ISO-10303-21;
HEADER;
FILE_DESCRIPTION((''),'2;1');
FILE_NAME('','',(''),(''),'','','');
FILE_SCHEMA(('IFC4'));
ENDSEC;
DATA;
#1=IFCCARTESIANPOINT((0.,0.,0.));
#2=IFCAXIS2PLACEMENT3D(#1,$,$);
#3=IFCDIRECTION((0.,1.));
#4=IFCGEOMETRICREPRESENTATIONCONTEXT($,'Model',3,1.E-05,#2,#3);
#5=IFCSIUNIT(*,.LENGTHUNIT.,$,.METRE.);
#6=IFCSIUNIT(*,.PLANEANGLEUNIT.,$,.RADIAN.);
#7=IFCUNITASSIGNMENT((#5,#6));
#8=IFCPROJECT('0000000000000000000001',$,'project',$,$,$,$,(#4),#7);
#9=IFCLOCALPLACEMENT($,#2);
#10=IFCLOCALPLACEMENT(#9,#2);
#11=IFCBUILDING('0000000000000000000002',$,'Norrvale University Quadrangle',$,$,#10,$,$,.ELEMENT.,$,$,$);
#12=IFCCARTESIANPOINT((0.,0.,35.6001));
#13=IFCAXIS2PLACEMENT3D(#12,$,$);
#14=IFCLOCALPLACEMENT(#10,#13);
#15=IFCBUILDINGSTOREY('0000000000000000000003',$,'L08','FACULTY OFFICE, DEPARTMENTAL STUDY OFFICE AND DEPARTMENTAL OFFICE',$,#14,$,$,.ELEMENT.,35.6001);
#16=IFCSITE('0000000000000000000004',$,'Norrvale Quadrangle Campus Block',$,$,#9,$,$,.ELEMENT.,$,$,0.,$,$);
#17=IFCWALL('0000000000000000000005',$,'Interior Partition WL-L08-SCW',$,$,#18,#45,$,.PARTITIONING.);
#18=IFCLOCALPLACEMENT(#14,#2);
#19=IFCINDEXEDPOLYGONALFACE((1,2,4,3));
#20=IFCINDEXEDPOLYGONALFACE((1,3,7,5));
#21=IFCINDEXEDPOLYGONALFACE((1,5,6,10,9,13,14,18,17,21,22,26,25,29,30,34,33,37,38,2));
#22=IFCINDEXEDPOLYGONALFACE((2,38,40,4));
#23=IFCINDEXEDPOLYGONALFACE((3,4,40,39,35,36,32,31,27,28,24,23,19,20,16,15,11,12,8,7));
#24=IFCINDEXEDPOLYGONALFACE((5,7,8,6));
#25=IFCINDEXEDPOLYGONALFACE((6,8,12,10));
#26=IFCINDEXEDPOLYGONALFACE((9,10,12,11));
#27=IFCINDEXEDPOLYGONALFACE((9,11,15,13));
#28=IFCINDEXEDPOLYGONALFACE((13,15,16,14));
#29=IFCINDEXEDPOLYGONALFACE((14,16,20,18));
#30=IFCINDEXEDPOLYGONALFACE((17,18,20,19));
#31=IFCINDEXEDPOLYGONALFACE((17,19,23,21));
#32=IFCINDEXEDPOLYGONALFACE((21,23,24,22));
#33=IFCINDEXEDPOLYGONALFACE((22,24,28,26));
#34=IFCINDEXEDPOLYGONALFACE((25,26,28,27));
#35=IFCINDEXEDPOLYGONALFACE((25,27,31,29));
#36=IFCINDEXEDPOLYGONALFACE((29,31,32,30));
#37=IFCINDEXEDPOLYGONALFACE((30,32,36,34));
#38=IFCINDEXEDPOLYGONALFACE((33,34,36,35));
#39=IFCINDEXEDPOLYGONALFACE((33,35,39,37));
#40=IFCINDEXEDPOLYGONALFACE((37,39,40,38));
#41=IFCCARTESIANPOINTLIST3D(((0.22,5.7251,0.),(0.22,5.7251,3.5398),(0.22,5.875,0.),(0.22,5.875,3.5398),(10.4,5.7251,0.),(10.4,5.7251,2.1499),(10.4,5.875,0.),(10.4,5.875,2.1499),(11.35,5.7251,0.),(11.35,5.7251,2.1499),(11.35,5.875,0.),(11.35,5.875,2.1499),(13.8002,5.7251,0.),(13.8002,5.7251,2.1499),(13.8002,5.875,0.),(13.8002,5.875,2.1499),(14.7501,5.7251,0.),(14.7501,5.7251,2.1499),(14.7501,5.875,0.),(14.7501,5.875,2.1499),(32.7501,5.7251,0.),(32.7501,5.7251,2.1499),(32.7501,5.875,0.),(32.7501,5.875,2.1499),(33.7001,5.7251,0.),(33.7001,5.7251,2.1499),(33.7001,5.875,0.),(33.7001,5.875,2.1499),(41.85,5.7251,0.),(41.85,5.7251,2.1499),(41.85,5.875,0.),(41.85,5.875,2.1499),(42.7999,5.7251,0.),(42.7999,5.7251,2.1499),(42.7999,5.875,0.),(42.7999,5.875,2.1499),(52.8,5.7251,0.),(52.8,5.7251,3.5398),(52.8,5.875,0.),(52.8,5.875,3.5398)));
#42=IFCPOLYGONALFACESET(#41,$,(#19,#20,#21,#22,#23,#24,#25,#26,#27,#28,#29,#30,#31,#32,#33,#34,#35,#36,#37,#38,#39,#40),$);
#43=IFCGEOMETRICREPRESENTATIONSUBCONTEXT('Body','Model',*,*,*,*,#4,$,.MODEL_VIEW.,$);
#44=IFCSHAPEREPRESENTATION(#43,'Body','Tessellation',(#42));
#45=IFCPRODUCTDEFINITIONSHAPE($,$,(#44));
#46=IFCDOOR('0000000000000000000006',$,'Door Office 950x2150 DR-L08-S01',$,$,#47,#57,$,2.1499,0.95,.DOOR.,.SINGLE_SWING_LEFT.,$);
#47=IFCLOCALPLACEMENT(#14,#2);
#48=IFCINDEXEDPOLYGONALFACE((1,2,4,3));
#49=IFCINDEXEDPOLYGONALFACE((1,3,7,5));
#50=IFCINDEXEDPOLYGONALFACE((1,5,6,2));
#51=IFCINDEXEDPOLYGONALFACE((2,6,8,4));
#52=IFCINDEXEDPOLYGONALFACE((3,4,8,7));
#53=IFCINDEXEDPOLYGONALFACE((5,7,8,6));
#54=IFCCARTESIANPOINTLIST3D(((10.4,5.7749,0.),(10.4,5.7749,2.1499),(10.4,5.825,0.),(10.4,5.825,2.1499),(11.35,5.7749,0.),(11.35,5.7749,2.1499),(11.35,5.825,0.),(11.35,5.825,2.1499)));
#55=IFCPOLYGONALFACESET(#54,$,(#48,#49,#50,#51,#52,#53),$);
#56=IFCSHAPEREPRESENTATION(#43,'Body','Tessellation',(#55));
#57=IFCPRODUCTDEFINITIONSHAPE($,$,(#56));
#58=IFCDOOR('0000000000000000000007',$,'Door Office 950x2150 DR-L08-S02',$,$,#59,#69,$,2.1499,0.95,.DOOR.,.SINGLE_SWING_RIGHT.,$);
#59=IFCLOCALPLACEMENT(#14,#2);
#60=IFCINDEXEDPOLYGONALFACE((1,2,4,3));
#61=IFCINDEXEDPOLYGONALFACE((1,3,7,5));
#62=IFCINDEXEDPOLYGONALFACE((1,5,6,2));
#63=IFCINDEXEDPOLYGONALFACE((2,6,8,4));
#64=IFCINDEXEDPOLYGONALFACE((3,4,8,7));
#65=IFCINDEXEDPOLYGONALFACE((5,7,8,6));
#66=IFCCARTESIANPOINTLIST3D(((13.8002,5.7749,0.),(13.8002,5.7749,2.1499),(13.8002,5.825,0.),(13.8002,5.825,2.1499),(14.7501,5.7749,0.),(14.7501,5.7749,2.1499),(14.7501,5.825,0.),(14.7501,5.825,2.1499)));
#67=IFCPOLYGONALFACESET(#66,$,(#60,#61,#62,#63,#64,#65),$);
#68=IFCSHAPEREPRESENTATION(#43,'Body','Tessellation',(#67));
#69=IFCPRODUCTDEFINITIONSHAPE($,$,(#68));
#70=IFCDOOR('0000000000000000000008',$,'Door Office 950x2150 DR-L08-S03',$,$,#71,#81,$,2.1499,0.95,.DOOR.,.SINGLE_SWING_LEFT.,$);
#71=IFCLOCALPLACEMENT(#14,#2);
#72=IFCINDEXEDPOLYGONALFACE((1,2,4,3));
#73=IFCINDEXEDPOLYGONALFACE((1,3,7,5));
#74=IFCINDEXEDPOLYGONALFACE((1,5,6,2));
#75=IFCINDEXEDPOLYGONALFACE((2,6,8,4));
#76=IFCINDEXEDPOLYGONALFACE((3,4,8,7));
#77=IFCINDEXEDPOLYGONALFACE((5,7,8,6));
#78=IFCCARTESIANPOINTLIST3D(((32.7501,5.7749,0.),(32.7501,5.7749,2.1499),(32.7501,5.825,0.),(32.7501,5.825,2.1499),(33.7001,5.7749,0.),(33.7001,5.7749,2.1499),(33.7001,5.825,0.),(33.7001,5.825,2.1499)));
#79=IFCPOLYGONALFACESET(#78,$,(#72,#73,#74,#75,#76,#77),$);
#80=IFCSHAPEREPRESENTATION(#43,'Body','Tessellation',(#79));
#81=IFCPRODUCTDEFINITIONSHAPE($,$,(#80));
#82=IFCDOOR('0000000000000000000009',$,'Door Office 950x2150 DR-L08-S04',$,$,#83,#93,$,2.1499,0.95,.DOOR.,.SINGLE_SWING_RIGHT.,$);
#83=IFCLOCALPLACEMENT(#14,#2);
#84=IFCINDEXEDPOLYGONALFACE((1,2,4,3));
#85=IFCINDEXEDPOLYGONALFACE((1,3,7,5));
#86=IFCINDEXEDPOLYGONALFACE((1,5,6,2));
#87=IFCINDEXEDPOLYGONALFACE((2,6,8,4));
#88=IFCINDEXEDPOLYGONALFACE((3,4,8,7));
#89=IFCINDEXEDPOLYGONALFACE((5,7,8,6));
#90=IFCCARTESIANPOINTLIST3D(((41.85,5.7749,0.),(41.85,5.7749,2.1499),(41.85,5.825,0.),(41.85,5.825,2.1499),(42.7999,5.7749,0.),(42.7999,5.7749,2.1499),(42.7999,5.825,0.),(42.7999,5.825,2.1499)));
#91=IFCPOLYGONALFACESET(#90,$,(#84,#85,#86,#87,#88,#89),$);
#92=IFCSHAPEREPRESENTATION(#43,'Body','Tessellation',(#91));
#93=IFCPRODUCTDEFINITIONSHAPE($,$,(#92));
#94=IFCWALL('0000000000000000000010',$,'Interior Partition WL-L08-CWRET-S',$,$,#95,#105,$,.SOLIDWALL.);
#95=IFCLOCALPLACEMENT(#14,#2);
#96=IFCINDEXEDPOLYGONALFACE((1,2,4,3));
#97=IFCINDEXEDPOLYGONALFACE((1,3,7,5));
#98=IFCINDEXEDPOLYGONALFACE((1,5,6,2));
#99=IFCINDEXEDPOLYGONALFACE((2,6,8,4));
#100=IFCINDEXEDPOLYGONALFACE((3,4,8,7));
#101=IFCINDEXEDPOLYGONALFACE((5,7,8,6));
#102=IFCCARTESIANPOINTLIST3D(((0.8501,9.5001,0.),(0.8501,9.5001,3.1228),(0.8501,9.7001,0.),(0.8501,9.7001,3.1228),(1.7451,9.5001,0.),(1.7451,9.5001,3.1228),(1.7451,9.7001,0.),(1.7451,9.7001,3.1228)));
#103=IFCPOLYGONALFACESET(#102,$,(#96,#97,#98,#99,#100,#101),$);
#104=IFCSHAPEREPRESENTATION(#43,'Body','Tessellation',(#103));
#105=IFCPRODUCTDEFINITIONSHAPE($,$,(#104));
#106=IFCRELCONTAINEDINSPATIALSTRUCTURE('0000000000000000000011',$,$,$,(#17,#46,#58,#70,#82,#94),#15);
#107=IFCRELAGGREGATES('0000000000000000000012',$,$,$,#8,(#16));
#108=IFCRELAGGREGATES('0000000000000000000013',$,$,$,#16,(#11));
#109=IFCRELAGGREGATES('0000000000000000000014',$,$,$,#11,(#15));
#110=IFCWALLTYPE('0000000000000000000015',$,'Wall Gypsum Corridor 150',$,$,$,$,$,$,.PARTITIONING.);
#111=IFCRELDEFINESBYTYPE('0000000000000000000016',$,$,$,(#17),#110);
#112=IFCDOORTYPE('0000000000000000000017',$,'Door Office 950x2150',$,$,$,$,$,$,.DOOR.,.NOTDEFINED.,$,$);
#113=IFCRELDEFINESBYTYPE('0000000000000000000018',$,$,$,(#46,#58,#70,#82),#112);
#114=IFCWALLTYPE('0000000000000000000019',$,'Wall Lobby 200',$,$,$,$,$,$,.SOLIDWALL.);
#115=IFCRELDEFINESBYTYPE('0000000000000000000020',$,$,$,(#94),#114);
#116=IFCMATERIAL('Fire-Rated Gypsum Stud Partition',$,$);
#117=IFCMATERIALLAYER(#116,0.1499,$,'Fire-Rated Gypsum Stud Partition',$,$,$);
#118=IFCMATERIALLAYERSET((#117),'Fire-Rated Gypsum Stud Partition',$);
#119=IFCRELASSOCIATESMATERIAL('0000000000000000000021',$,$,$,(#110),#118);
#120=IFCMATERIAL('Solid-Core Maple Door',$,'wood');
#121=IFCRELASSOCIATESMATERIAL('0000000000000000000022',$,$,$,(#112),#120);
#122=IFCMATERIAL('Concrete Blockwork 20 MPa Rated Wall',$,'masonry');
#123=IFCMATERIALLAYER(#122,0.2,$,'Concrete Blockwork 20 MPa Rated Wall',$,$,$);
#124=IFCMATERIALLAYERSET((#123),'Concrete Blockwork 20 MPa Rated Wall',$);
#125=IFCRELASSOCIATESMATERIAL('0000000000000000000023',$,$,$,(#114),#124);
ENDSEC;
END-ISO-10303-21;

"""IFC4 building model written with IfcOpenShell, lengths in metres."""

from ifc_helpers import new_model, si_unit, direction, frame, frame_2d, origin, place, context, subcontext, project, spatial, rectangle, extrude, material, layer, layer_set, type_object, element, fill, save


model = new_model("IFC4")

# Units and contexts
model_context = context("Model", 3, precision=1e-05, world=origin(), true_north=direction((0.0, 1.0)))
body_context = subcontext(model_context, "Body", "Model", "MODEL_VIEW")
ifc_project = project(units=[si_unit("LENGTHUNIT", "METRE"), si_unit("PLANEANGLEUNIT", "RADIAN")], contexts=[model_context])

# Site, building, storey
site_placement = place(None, origin())
site = spatial("IfcSite", under=ifc_project, at=site_placement, Name="Norrvale Quadrangle Campus Block", CompositionType="ELEMENT", RefElevation=0.0)
building_placement = place(site_placement, origin())
building = spatial("IfcBuilding", under=site, at=building_placement, Name="Norrvale University Quadrangle", CompositionType="ELEMENT")
storey_placement = place(building_placement, frame((0.0, 0.0, 35.6001)))
storey = spatial("IfcBuildingStorey", under=building, at=storey_placement, Name="L08", Description="FACULTY OFFICE, DEPARTMENTAL STUDY OFFICE AND DEPARTMENTAL OFFICE", CompositionType="ELEMENT", Elevation=35.6001)

# Wall, openings, doors
ifc_material_1 = material(Name="Fire-Rated Gypsum Stud Partition")
ifc_layer_1 = layer(ifc_material_1, 0.1499, Name="Fire-Rated Gypsum Stud Partition")
ifc_layer_set_1 = layer_set([ifc_layer_1], Name="Fire-Rated Gypsum Stud Partition")
wall_type_1 = type_object("IfcWallType", Name="Wall Gypsum Corridor 150", PredefinedType="PARTITIONING", material=ifc_layer_set_1)
wall_1_placement = place(storey_placement, frame((0.22, 5.8, 0.0), z_axis=(0.0, 0.0, 1.0), x_axis=(1.0, 0.0, 0.0)))
wall_1 = element("IfcWall", 1, at=wall_1_placement, inside=storey, type_object=wall_type_1, Name="Interior Partition WL-L08-SCW", PredefinedType="PARTITIONING", context=body_context, shape_type="SweptSolid", body=[
    extrude(rectangle(XDim=52.5801, YDim=0.1499, at=frame_2d((26.29, 0.0))), origin(), (0.0, 0.0, 1.0), 3.5398),
])
opening_1_placement = place(wall_1_placement, frame((10.1799, 0.0, 0.0)))
opening_1 = element("IfcOpeningElement", 2, at=opening_1_placement, cuts=wall_1, PredefinedType="OPENING", context=body_context, shape_type="SweptSolid", body=[
    extrude(rectangle(XDim=0.95, YDim=2.1499, at=frame_2d((0.4751, 1.075))), frame((0.0, 0.0869, 0.0), z_axis=(0.0, -1.0, 0.0), x_axis=(1.0, 0.0, 0.0)), (0.0, 0.0, 1.0), 0.1738),
])
opening_2_placement = place(wall_1_placement, frame((13.5801, 0.0, 0.0)))
opening_2 = element("IfcOpeningElement", 3, at=opening_2_placement, cuts=wall_1, PredefinedType="OPENING", context=body_context, shape_type="SweptSolid", body=[
    extrude(rectangle(XDim=0.95, YDim=2.1499, at=frame_2d((0.4751, 1.075))), frame((0.0, 0.0869, 0.0), z_axis=(0.0, -1.0, 0.0), x_axis=(1.0, 0.0, 0.0)), (0.0, 0.0, 1.0), 0.1738),
])
opening_3_placement = place(wall_1_placement, frame((32.53, 0.0, 0.0)))
opening_3 = element("IfcOpeningElement", 4, at=opening_3_placement, cuts=wall_1, PredefinedType="OPENING", context=body_context, shape_type="SweptSolid", body=[
    extrude(rectangle(XDim=0.95, YDim=2.1499, at=frame_2d((0.4751, 1.075))), frame((0.0, 0.0869, 0.0), z_axis=(0.0, -1.0, 0.0), x_axis=(1.0, 0.0, 0.0)), (0.0, 0.0, 1.0), 0.1738),
])
opening_4_placement = place(wall_1_placement, frame((41.6299, 0.0, 0.0)))
opening_4 = element("IfcOpeningElement", 5, at=opening_4_placement, cuts=wall_1, PredefinedType="OPENING", context=body_context, shape_type="SweptSolid", body=[
    extrude(rectangle(XDim=0.95, YDim=2.1499, at=frame_2d((0.4751, 1.075))), frame((0.0, 0.0869, 0.0), z_axis=(0.0, -1.0, 0.0), x_axis=(1.0, 0.0, 0.0)), (0.0, 0.0, 1.0), 0.1738),
])
ifc_material_2 = material(Name="Solid-Core Maple Door", Category="wood")
door_type = type_object("IfcDoorType", Name="Door Office 950x2150", OperationType="NOTDEFINED", PredefinedType="DOOR", material=ifc_material_2)
door_1_placement = place(opening_1_placement, origin())
door_1 = element("IfcDoor", 6, at=door_1_placement, inside=storey, type_object=door_type, Name="Door Office 950x2150 DR-L08-S01", OperationType="SINGLE_SWING_LEFT", OverallHeight=2.1499, OverallWidth=0.95, PredefinedType="DOOR", context=body_context, shape_type="SweptSolid", body=[
    extrude(rectangle(XDim=0.95, YDim=2.1499, at=frame_2d((0.4751, 1.075))), frame((0.0, 0.0249, 0.0), z_axis=(0.0, -1.0, 0.0), x_axis=(1.0, 0.0, 0.0)), (0.0, 0.0, 1.0), 0.05),
])
fill(opening_1, door_1)
door_2_placement = place(opening_2_placement, origin())
door_2 = element("IfcDoor", 7, at=door_2_placement, inside=storey, type_object=door_type, Name="Door Office 950x2150 DR-L08-S02", OperationType="SINGLE_SWING_RIGHT", OverallHeight=2.1499, OverallWidth=0.95, PredefinedType="DOOR", context=body_context, shape_type="SweptSolid", body=[
    extrude(rectangle(XDim=0.95, YDim=2.1499, at=frame_2d((0.4751, 1.075))), frame((0.0, 0.0249, 0.0), z_axis=(0.0, -1.0, 0.0), x_axis=(1.0, 0.0, 0.0)), (0.0, 0.0, 1.0), 0.05),
])
fill(opening_2, door_2)
door_3_placement = place(opening_3_placement, origin())
door_3 = element("IfcDoor", 8, at=door_3_placement, inside=storey, type_object=door_type, Name="Door Office 950x2150 DR-L08-S03", OperationType="SINGLE_SWING_LEFT", OverallHeight=2.1499, OverallWidth=0.95, PredefinedType="DOOR", context=body_context, shape_type="SweptSolid", body=[
    extrude(rectangle(XDim=0.95, YDim=2.1499, at=frame_2d((0.4751, 1.075))), frame((0.0, 0.0249, 0.0), z_axis=(0.0, -1.0, 0.0), x_axis=(1.0, 0.0, 0.0)), (0.0, 0.0, 1.0), 0.05),
])
fill(opening_3, door_3)
door_4_placement = place(opening_4_placement, origin())
door_4 = element("IfcDoor", 9, at=door_4_placement, inside=storey, type_object=door_type, Name="Door Office 950x2150 DR-L08-S04", OperationType="SINGLE_SWING_RIGHT", OverallHeight=2.1499, OverallWidth=0.95, PredefinedType="DOOR", context=body_context, shape_type="SweptSolid", body=[
    extrude(rectangle(XDim=0.95, YDim=2.1499, at=frame_2d((0.4751, 1.075))), frame((0.0, 0.0249, 0.0), z_axis=(0.0, -1.0, 0.0), x_axis=(1.0, 0.0, 0.0)), (0.0, 0.0, 1.0), 0.05),
])
fill(opening_4, door_4)

# Wall
ifc_material_3 = material(Name="Concrete Blockwork 20 MPa Rated Wall", Category="masonry")
ifc_layer_2 = layer(ifc_material_3, 0.2, Name="Concrete Blockwork 20 MPa Rated Wall")
ifc_layer_set_2 = layer_set([ifc_layer_2], Name="Concrete Blockwork 20 MPa Rated Wall")
wall_type_2 = type_object("IfcWallType", Name="Wall Lobby 200", PredefinedType="SOLIDWALL", material=ifc_layer_set_2)
wall_2_placement = place(storey_placement, frame((0.8501, 9.6001, 0.0), z_axis=(0.0, 0.0, 1.0), x_axis=(1.0, 0.0, 0.0)))
element("IfcWall", 10, at=wall_2_placement, inside=storey, type_object=wall_type_2, Name="Interior Partition WL-L08-CWRET-S", PredefinedType="SOLIDWALL", context=body_context, shape_type="SweptSolid", body=[
    extrude(rectangle(XDim=0.895, YDim=0.2, at=frame_2d((0.4475, 0.0))), origin(), (0.0, 0.0, 1.0), 3.1228),
])

save(model, "model.ifc")
